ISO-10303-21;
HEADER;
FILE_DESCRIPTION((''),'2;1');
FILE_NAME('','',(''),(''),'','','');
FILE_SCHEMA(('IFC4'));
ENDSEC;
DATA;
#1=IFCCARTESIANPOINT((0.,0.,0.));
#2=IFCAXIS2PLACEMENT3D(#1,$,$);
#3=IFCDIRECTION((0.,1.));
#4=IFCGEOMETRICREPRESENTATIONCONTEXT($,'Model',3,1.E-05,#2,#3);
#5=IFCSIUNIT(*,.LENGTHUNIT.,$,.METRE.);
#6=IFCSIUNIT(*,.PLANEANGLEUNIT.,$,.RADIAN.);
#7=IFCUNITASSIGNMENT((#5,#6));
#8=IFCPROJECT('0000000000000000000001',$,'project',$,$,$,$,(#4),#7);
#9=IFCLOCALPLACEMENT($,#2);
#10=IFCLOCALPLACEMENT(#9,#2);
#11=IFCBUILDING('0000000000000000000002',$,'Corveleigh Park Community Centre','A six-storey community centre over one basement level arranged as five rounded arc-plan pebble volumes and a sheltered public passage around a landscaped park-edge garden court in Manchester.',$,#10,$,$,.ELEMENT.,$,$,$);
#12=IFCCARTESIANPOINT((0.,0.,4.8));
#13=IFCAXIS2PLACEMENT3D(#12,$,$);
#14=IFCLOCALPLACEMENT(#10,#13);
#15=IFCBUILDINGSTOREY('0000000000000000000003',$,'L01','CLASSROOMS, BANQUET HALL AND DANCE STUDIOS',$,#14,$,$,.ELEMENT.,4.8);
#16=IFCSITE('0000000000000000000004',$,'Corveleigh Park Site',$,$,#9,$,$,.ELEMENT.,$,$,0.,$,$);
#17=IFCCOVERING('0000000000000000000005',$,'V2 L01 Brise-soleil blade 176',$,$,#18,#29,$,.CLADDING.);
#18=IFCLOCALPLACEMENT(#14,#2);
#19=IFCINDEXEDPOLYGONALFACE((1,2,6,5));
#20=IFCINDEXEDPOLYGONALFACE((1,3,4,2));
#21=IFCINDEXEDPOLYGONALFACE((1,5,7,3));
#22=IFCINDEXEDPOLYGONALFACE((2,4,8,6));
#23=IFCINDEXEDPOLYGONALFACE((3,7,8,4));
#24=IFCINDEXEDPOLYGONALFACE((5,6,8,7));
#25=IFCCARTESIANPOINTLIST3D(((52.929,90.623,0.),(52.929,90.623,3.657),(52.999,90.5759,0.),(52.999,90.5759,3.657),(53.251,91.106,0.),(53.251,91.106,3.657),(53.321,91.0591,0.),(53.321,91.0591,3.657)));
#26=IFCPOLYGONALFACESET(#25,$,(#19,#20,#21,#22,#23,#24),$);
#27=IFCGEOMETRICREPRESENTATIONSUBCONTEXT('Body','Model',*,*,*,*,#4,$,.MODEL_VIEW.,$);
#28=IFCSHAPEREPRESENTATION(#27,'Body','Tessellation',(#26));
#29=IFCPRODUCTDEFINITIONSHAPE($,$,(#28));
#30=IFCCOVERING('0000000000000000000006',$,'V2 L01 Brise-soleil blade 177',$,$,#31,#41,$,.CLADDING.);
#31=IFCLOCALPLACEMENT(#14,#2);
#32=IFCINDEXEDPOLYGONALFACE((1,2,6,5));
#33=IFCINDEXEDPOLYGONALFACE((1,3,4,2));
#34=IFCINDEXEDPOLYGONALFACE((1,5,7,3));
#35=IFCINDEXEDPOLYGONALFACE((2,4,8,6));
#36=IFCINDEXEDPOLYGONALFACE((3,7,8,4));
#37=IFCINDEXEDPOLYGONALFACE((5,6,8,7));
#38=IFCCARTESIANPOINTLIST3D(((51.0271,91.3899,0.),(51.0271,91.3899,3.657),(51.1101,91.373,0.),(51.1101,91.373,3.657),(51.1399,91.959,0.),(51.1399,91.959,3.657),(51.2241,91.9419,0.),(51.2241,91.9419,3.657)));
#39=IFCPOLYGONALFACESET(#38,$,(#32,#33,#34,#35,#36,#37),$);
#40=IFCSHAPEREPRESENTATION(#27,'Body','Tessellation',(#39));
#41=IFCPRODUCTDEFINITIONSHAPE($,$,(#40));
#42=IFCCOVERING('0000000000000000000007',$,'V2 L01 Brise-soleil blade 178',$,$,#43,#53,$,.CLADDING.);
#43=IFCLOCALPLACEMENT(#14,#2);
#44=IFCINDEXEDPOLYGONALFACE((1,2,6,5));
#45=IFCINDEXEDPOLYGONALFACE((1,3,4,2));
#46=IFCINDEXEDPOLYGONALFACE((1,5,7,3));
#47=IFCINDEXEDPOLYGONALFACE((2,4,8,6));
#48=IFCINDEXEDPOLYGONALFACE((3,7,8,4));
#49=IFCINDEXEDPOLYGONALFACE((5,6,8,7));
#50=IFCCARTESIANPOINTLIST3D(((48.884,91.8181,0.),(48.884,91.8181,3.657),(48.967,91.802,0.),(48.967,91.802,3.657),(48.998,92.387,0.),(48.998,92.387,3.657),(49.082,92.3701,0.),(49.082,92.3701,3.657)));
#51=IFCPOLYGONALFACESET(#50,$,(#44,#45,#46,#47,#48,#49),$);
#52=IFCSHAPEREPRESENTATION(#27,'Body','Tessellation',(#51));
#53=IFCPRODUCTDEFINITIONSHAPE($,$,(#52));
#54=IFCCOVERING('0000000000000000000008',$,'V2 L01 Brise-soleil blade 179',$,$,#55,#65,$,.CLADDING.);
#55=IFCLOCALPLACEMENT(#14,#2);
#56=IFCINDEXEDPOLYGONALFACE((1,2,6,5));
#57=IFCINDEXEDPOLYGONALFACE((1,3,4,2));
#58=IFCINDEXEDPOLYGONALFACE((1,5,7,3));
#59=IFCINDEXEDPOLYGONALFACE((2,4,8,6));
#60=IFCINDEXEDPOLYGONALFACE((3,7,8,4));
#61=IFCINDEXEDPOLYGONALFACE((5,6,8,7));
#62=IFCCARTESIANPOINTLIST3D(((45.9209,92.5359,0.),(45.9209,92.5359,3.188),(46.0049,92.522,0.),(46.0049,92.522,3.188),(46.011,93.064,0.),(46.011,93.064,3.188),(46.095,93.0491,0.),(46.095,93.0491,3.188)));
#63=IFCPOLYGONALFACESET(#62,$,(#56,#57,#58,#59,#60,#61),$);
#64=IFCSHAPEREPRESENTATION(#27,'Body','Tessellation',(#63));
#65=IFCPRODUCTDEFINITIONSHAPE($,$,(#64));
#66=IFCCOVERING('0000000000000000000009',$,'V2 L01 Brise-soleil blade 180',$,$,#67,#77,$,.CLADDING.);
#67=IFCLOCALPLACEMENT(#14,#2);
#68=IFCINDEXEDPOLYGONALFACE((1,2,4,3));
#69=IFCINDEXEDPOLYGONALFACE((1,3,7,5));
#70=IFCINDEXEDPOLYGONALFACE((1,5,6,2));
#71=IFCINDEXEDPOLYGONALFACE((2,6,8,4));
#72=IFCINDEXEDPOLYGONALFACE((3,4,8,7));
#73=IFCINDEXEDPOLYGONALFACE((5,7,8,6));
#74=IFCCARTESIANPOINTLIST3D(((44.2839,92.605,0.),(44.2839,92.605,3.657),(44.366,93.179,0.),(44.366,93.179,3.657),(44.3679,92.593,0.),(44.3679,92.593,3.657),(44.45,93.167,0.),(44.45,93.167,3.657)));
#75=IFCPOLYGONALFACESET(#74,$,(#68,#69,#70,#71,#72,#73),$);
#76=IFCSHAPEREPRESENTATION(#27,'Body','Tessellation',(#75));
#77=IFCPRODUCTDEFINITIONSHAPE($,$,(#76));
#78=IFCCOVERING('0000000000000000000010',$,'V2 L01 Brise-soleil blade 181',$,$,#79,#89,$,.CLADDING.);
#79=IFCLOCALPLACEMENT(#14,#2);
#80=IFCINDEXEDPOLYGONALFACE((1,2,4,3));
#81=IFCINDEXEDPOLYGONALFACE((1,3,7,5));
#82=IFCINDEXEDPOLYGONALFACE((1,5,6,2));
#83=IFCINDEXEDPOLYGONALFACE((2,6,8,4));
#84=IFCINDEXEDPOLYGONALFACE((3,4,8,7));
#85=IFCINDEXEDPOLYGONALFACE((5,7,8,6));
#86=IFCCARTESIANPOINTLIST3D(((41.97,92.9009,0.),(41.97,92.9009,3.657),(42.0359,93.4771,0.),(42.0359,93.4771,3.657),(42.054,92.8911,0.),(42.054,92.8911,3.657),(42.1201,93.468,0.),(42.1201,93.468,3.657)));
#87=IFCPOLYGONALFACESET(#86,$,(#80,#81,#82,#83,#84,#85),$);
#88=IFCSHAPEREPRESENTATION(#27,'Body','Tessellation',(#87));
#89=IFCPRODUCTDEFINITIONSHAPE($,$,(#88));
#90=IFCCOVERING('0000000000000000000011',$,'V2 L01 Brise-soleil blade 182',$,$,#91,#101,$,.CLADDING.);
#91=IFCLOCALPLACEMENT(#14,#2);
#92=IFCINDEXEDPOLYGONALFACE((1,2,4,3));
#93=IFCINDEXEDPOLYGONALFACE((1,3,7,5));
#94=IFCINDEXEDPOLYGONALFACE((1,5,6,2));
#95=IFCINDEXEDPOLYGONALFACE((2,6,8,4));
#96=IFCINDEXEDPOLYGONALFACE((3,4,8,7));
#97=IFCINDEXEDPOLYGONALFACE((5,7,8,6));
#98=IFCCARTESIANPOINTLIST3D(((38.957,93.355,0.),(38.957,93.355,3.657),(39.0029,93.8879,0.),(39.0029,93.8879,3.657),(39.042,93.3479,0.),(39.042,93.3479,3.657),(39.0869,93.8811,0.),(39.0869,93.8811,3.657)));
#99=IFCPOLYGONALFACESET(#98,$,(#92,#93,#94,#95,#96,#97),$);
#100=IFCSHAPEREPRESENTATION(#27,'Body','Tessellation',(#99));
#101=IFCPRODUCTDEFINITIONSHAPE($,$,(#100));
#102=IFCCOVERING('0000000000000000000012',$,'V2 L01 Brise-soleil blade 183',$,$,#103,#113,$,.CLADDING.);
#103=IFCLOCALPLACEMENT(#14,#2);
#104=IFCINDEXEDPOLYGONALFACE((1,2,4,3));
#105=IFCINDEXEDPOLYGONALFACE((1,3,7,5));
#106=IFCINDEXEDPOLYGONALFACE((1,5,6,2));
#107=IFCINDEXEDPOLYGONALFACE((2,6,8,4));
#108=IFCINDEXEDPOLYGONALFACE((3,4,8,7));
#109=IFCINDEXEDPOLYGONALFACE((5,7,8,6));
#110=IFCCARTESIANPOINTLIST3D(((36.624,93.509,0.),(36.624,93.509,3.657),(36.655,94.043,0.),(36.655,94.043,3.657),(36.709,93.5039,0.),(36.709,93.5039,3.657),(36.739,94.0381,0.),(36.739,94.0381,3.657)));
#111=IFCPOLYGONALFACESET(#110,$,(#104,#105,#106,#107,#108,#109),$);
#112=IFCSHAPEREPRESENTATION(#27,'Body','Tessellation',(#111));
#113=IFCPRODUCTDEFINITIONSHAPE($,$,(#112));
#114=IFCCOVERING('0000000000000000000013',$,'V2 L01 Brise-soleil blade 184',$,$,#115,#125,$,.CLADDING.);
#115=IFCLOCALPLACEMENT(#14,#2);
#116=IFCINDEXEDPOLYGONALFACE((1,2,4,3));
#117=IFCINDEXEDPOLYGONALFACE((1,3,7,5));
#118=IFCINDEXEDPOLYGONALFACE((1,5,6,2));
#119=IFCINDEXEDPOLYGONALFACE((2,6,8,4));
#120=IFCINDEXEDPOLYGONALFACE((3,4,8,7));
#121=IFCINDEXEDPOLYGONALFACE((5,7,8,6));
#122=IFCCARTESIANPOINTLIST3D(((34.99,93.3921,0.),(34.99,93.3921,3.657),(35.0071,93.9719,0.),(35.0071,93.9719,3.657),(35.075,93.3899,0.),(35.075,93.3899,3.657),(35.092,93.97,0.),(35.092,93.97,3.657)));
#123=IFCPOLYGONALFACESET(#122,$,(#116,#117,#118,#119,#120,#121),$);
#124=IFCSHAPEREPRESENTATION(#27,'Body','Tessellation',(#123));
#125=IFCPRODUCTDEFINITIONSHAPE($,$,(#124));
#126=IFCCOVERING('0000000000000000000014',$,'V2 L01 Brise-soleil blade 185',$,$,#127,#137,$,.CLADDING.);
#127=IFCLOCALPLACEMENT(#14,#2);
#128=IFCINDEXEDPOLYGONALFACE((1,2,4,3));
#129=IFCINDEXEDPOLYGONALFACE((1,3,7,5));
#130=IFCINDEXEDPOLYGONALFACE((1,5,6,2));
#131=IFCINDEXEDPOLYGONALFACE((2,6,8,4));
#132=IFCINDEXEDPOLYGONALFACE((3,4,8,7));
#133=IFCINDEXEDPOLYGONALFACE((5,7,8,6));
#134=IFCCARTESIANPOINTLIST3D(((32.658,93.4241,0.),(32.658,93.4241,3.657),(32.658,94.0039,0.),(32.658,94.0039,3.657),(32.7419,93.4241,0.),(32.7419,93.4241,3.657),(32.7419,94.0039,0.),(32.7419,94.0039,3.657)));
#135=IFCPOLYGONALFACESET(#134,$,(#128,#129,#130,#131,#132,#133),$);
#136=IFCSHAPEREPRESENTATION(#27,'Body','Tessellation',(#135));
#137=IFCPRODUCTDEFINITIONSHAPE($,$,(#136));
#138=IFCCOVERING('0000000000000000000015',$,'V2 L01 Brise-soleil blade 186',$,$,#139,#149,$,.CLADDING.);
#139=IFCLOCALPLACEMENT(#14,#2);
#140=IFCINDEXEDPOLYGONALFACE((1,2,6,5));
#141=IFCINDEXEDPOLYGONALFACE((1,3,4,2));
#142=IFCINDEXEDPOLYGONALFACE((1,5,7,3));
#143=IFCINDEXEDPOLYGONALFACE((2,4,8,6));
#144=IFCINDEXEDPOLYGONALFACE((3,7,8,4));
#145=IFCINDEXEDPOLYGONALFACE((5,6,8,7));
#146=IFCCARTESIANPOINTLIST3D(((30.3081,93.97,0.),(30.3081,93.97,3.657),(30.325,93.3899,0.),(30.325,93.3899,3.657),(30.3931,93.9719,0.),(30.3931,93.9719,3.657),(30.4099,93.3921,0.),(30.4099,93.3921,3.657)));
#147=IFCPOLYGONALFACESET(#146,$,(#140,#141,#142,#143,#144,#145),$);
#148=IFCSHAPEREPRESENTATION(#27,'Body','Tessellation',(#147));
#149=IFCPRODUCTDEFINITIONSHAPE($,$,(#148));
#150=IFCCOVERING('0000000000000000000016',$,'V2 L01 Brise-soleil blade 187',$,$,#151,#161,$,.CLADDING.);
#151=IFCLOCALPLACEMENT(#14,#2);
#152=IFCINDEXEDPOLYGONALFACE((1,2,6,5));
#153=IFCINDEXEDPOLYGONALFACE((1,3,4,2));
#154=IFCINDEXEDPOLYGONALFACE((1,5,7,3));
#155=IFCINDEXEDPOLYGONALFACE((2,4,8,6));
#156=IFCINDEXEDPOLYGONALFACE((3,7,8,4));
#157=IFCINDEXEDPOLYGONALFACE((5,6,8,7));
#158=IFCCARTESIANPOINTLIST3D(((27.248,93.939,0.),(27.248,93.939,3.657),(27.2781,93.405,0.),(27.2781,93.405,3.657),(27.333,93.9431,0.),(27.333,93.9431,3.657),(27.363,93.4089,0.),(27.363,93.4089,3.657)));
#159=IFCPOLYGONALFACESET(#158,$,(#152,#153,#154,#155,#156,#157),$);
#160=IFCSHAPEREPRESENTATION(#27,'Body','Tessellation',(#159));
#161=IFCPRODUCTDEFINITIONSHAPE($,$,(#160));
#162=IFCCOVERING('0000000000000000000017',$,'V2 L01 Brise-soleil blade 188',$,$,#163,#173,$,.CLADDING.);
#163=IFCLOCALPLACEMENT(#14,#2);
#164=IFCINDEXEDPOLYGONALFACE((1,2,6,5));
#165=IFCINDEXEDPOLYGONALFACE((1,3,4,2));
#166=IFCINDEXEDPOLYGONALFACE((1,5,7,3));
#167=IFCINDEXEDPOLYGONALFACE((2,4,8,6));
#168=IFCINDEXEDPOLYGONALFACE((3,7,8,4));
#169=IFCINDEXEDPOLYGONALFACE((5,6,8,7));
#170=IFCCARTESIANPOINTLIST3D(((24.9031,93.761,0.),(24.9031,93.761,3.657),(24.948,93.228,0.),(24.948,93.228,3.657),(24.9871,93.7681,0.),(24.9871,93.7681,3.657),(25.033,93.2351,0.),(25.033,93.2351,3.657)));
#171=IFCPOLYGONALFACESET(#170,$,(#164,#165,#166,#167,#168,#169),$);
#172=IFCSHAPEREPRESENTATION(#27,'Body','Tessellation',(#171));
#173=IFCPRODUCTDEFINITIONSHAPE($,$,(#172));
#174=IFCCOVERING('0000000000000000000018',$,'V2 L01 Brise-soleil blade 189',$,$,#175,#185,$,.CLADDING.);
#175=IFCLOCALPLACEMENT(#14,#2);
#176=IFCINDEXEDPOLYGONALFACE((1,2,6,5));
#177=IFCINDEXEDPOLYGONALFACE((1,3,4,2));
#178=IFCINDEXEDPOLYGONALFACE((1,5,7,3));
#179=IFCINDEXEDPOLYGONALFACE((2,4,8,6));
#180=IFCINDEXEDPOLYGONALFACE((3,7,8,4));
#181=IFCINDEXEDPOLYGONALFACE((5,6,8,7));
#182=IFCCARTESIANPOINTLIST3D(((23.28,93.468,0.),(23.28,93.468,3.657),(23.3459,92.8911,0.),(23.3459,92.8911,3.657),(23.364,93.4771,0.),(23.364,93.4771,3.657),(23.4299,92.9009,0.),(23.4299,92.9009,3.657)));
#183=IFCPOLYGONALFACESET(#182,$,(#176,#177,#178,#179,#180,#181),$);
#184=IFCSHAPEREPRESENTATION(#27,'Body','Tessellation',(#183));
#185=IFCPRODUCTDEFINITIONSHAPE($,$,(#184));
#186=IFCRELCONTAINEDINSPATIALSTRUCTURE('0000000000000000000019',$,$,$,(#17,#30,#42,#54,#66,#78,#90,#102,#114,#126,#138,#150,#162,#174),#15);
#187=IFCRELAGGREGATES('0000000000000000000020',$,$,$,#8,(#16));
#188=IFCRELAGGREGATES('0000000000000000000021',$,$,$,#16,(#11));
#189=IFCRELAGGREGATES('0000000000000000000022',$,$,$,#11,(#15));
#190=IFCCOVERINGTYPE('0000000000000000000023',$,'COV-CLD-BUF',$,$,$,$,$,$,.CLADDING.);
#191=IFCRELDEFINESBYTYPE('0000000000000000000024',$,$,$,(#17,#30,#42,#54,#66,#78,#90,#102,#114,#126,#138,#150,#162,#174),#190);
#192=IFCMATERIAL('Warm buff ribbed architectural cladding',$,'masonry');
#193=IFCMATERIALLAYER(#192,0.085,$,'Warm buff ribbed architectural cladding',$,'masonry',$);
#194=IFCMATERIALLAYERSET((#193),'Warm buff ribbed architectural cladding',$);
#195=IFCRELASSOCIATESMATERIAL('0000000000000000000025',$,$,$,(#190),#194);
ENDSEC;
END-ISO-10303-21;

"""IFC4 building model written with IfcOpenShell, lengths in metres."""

from ifc_helpers import new_model, si_unit, direction, frame, origin, place, context, subcontext, project, spatial, polyline, outline, extrude, material, layer, layer_set, type_object, element, save


model = new_model("IFC4")

# Units and contexts
model_context = context("Model", 3, precision=1e-05, world=origin(), true_north=direction((0.0, 1.0)))
body_context = subcontext(model_context, "Body", "Model", "MODEL_VIEW")
ifc_project = project(units=[si_unit("LENGTHUNIT", "METRE"), si_unit("PLANEANGLEUNIT", "RADIAN")], contexts=[model_context])

# Site, building, storey
site_placement = place(None, origin())
site = spatial("IfcSite", under=ifc_project, at=site_placement, Name="Corveleigh Park Site", CompositionType="ELEMENT", RefElevation=0.0)
building_placement = place(site_placement, origin())
building = spatial("IfcBuilding", under=site, at=building_placement, Name="Corveleigh Park Community Centre", Description="A six-storey community centre over one basement level arranged as five rounded arc-plan pebble volumes and a sheltered public passage around a landscaped park-edge garden court in Manchester.", CompositionType="ELEMENT")
storey_placement = place(building_placement, frame((0.0, 0.0, 4.8)))
storey = spatial("IfcBuildingStorey", under=building, at=storey_placement, Name="L01", Description="CLASSROOMS, BANQUET HALL AND DANCE STUDIOS", CompositionType="ELEMENT", Elevation=4.8)

# Coverings
ifc_material = material(Name="Warm buff ribbed architectural cladding", Category="masonry")
ifc_layer = layer(ifc_material, 0.085, Name="Warm buff ribbed architectural cladding", Category="masonry")
ifc_layer_set = layer_set([ifc_layer], Name="Warm buff ribbed architectural cladding")
covering_type = type_object("IfcCoveringType", Name="COV-CLD-BUF", PredefinedType="CLADDING", material=ifc_layer_set)
covering_1_placement = place(storey_placement, origin())
element("IfcCovering", 1, at=covering_1_placement, inside=storey, type_object=covering_type, Name="V2 L01 Brise-soleil blade 176", PredefinedType="CLADDING", context=body_context, shape_type="SweptSolid", body=[
    extrude(outline(polyline([(52.929, 90.623), (52.999, 90.5759), (53.321, 91.0591), (53.251, 91.106), (52.929, 90.623)])), origin(), (0.0, 0.0, 1.0), 3.657),
])
covering_2_placement = place(storey_placement, origin())
element("IfcCovering", 2, at=covering_2_placement, inside=storey, type_object=covering_type, Name="V2 L01 Brise-soleil blade 177", PredefinedType="CLADDING", context=body_context, shape_type="SweptSolid", body=[
    extrude(outline(polyline([(51.0271, 91.3899), (51.1101, 91.373), (51.2241, 91.9419), (51.1399, 91.959), (51.0271, 91.3899)])), origin(), (0.0, 0.0, 1.0), 3.657),
])
covering_3_placement = place(storey_placement, origin())
element("IfcCovering", 3, at=covering_3_placement, inside=storey, type_object=covering_type, Name="V2 L01 Brise-soleil blade 178", PredefinedType="CLADDING", context=body_context, shape_type="SweptSolid", body=[
    extrude(outline(polyline([(48.884, 91.8181), (48.967, 91.802), (49.082, 92.3701), (48.998, 92.387), (48.884, 91.8181)])), origin(), (0.0, 0.0, 1.0), 3.657),
])
covering_4_placement = place(storey_placement, origin())
element("IfcCovering", 4, at=covering_4_placement, inside=storey, type_object=covering_type, Name="V2 L01 Brise-soleil blade 179", PredefinedType="CLADDING", context=body_context, shape_type="SweptSolid", body=[
    extrude(outline(polyline([(45.9209, 92.5359), (46.0049, 92.522), (46.095, 93.0491), (46.011, 93.064), (45.9209, 92.5359)])), origin(), (0.0, 0.0, 1.0), 3.188),
])
covering_5_placement = place(storey_placement, origin())
element("IfcCovering", 5, at=covering_5_placement, inside=storey, type_object=covering_type, Name="V2 L01 Brise-soleil blade 180", PredefinedType="CLADDING", context=body_context, shape_type="SweptSolid", body=[
    extrude(outline(polyline([(44.2839, 92.605), (44.3679, 92.593), (44.45, 93.167), (44.366, 93.179), (44.2839, 92.605)])), origin(), (0.0, 0.0, 1.0), 3.657),
])
covering_6_placement = place(storey_placement, origin())
element("IfcCovering", 6, at=covering_6_placement, inside=storey, type_object=covering_type, Name="V2 L01 Brise-soleil blade 181", PredefinedType="CLADDING", context=body_context, shape_type="SweptSolid", body=[
    extrude(outline(polyline([(41.97, 92.9009), (42.054, 92.8911), (42.1201, 93.468), (42.0359, 93.4771), (41.97, 92.9009)])), origin(), (0.0, 0.0, 1.0), 3.657),
])
covering_7_placement = place(storey_placement, origin())
element("IfcCovering", 7, at=covering_7_placement, inside=storey, type_object=covering_type, Name="V2 L01 Brise-soleil blade 182", PredefinedType="CLADDING", context=body_context, shape_type="SweptSolid", body=[
    extrude(outline(polyline([(38.957, 93.355), (39.042, 93.3479), (39.0869, 93.8811), (39.0029, 93.8879), (38.957, 93.355)])), origin(), (0.0, 0.0, 1.0), 3.657),
])
covering_8_placement = place(storey_placement, origin())
element("IfcCovering", 8, at=covering_8_placement, inside=storey, type_object=covering_type, Name="V2 L01 Brise-soleil blade 183", PredefinedType="CLADDING", context=body_context, shape_type="SweptSolid", body=[
    extrude(outline(polyline([(36.624, 93.509), (36.709, 93.5039), (36.739, 94.0381), (36.655, 94.043), (36.624, 93.509)])), origin(), (0.0, 0.0, 1.0), 3.657),
])
covering_9_placement = place(storey_placement, origin())
element("IfcCovering", 9, at=covering_9_placement, inside=storey, type_object=covering_type, Name="V2 L01 Brise-soleil blade 184", PredefinedType="CLADDING", context=body_context, shape_type="SweptSolid", body=[
    extrude(outline(polyline([(34.99, 93.3921), (35.075, 93.3899), (35.092, 93.97), (35.0071, 93.9719), (34.99, 93.3921)])), origin(), (0.0, 0.0, 1.0), 3.657),
])
covering_10_placement = place(storey_placement, origin())
element("IfcCovering", 10, at=covering_10_placement, inside=storey, type_object=covering_type, Name="V2 L01 Brise-soleil blade 185", PredefinedType="CLADDING", context=body_context, shape_type="SweptSolid", body=[
    extrude(outline(polyline([(32.658, 93.4241), (32.7419, 93.4241), (32.7419, 94.0039), (32.658, 94.0039), (32.658, 93.4241)])), origin(), (0.0, 0.0, 1.0), 3.657),
])
covering_11_placement = place(storey_placement, origin())
element("IfcCovering", 11, at=covering_11_placement, inside=storey, type_object=covering_type, Name="V2 L01 Brise-soleil blade 186", PredefinedType="CLADDING", context=body_context, shape_type="SweptSolid", body=[
    extrude(outline(polyline([(30.325, 93.3899), (30.4099, 93.3921), (30.3931, 93.9719), (30.3081, 93.97), (30.325, 93.3899)])), origin(), (0.0, 0.0, 1.0), 3.657),
])
covering_12_placement = place(storey_placement, origin())
element("IfcCovering", 12, at=covering_12_placement, inside=storey, type_object=covering_type, Name="V2 L01 Brise-soleil blade 187", PredefinedType="CLADDING", context=body_context, shape_type="SweptSolid", body=[
    extrude(outline(polyline([(27.2781, 93.405), (27.363, 93.4089), (27.333, 93.9431), (27.248, 93.939), (27.2781, 93.405)])), origin(), (0.0, 0.0, 1.0), 3.657),
])
covering_13_placement = place(storey_placement, origin())
element("IfcCovering", 13, at=covering_13_placement, inside=storey, type_object=covering_type, Name="V2 L01 Brise-soleil blade 188", PredefinedType="CLADDING", context=body_context, shape_type="SweptSolid", body=[
    extrude(outline(polyline([(24.948, 93.228), (25.033, 93.2351), (24.9871, 93.7681), (24.9031, 93.761), (24.948, 93.228)])), origin(), (0.0, 0.0, 1.0), 3.657),
])
covering_14_placement = place(storey_placement, origin())
element("IfcCovering", 14, at=covering_14_placement, inside=storey, type_object=covering_type, Name="V2 L01 Brise-soleil blade 189", PredefinedType="CLADDING", context=body_context, shape_type="SweptSolid", body=[
    extrude(outline(polyline([(23.3459, 92.8911), (23.4299, 92.9009), (23.364, 93.4771), (23.28, 93.468), (23.3459, 92.8911)])), origin(), (0.0, 0.0, 1.0), 3.657),
])

save(model, "model.ifc")
